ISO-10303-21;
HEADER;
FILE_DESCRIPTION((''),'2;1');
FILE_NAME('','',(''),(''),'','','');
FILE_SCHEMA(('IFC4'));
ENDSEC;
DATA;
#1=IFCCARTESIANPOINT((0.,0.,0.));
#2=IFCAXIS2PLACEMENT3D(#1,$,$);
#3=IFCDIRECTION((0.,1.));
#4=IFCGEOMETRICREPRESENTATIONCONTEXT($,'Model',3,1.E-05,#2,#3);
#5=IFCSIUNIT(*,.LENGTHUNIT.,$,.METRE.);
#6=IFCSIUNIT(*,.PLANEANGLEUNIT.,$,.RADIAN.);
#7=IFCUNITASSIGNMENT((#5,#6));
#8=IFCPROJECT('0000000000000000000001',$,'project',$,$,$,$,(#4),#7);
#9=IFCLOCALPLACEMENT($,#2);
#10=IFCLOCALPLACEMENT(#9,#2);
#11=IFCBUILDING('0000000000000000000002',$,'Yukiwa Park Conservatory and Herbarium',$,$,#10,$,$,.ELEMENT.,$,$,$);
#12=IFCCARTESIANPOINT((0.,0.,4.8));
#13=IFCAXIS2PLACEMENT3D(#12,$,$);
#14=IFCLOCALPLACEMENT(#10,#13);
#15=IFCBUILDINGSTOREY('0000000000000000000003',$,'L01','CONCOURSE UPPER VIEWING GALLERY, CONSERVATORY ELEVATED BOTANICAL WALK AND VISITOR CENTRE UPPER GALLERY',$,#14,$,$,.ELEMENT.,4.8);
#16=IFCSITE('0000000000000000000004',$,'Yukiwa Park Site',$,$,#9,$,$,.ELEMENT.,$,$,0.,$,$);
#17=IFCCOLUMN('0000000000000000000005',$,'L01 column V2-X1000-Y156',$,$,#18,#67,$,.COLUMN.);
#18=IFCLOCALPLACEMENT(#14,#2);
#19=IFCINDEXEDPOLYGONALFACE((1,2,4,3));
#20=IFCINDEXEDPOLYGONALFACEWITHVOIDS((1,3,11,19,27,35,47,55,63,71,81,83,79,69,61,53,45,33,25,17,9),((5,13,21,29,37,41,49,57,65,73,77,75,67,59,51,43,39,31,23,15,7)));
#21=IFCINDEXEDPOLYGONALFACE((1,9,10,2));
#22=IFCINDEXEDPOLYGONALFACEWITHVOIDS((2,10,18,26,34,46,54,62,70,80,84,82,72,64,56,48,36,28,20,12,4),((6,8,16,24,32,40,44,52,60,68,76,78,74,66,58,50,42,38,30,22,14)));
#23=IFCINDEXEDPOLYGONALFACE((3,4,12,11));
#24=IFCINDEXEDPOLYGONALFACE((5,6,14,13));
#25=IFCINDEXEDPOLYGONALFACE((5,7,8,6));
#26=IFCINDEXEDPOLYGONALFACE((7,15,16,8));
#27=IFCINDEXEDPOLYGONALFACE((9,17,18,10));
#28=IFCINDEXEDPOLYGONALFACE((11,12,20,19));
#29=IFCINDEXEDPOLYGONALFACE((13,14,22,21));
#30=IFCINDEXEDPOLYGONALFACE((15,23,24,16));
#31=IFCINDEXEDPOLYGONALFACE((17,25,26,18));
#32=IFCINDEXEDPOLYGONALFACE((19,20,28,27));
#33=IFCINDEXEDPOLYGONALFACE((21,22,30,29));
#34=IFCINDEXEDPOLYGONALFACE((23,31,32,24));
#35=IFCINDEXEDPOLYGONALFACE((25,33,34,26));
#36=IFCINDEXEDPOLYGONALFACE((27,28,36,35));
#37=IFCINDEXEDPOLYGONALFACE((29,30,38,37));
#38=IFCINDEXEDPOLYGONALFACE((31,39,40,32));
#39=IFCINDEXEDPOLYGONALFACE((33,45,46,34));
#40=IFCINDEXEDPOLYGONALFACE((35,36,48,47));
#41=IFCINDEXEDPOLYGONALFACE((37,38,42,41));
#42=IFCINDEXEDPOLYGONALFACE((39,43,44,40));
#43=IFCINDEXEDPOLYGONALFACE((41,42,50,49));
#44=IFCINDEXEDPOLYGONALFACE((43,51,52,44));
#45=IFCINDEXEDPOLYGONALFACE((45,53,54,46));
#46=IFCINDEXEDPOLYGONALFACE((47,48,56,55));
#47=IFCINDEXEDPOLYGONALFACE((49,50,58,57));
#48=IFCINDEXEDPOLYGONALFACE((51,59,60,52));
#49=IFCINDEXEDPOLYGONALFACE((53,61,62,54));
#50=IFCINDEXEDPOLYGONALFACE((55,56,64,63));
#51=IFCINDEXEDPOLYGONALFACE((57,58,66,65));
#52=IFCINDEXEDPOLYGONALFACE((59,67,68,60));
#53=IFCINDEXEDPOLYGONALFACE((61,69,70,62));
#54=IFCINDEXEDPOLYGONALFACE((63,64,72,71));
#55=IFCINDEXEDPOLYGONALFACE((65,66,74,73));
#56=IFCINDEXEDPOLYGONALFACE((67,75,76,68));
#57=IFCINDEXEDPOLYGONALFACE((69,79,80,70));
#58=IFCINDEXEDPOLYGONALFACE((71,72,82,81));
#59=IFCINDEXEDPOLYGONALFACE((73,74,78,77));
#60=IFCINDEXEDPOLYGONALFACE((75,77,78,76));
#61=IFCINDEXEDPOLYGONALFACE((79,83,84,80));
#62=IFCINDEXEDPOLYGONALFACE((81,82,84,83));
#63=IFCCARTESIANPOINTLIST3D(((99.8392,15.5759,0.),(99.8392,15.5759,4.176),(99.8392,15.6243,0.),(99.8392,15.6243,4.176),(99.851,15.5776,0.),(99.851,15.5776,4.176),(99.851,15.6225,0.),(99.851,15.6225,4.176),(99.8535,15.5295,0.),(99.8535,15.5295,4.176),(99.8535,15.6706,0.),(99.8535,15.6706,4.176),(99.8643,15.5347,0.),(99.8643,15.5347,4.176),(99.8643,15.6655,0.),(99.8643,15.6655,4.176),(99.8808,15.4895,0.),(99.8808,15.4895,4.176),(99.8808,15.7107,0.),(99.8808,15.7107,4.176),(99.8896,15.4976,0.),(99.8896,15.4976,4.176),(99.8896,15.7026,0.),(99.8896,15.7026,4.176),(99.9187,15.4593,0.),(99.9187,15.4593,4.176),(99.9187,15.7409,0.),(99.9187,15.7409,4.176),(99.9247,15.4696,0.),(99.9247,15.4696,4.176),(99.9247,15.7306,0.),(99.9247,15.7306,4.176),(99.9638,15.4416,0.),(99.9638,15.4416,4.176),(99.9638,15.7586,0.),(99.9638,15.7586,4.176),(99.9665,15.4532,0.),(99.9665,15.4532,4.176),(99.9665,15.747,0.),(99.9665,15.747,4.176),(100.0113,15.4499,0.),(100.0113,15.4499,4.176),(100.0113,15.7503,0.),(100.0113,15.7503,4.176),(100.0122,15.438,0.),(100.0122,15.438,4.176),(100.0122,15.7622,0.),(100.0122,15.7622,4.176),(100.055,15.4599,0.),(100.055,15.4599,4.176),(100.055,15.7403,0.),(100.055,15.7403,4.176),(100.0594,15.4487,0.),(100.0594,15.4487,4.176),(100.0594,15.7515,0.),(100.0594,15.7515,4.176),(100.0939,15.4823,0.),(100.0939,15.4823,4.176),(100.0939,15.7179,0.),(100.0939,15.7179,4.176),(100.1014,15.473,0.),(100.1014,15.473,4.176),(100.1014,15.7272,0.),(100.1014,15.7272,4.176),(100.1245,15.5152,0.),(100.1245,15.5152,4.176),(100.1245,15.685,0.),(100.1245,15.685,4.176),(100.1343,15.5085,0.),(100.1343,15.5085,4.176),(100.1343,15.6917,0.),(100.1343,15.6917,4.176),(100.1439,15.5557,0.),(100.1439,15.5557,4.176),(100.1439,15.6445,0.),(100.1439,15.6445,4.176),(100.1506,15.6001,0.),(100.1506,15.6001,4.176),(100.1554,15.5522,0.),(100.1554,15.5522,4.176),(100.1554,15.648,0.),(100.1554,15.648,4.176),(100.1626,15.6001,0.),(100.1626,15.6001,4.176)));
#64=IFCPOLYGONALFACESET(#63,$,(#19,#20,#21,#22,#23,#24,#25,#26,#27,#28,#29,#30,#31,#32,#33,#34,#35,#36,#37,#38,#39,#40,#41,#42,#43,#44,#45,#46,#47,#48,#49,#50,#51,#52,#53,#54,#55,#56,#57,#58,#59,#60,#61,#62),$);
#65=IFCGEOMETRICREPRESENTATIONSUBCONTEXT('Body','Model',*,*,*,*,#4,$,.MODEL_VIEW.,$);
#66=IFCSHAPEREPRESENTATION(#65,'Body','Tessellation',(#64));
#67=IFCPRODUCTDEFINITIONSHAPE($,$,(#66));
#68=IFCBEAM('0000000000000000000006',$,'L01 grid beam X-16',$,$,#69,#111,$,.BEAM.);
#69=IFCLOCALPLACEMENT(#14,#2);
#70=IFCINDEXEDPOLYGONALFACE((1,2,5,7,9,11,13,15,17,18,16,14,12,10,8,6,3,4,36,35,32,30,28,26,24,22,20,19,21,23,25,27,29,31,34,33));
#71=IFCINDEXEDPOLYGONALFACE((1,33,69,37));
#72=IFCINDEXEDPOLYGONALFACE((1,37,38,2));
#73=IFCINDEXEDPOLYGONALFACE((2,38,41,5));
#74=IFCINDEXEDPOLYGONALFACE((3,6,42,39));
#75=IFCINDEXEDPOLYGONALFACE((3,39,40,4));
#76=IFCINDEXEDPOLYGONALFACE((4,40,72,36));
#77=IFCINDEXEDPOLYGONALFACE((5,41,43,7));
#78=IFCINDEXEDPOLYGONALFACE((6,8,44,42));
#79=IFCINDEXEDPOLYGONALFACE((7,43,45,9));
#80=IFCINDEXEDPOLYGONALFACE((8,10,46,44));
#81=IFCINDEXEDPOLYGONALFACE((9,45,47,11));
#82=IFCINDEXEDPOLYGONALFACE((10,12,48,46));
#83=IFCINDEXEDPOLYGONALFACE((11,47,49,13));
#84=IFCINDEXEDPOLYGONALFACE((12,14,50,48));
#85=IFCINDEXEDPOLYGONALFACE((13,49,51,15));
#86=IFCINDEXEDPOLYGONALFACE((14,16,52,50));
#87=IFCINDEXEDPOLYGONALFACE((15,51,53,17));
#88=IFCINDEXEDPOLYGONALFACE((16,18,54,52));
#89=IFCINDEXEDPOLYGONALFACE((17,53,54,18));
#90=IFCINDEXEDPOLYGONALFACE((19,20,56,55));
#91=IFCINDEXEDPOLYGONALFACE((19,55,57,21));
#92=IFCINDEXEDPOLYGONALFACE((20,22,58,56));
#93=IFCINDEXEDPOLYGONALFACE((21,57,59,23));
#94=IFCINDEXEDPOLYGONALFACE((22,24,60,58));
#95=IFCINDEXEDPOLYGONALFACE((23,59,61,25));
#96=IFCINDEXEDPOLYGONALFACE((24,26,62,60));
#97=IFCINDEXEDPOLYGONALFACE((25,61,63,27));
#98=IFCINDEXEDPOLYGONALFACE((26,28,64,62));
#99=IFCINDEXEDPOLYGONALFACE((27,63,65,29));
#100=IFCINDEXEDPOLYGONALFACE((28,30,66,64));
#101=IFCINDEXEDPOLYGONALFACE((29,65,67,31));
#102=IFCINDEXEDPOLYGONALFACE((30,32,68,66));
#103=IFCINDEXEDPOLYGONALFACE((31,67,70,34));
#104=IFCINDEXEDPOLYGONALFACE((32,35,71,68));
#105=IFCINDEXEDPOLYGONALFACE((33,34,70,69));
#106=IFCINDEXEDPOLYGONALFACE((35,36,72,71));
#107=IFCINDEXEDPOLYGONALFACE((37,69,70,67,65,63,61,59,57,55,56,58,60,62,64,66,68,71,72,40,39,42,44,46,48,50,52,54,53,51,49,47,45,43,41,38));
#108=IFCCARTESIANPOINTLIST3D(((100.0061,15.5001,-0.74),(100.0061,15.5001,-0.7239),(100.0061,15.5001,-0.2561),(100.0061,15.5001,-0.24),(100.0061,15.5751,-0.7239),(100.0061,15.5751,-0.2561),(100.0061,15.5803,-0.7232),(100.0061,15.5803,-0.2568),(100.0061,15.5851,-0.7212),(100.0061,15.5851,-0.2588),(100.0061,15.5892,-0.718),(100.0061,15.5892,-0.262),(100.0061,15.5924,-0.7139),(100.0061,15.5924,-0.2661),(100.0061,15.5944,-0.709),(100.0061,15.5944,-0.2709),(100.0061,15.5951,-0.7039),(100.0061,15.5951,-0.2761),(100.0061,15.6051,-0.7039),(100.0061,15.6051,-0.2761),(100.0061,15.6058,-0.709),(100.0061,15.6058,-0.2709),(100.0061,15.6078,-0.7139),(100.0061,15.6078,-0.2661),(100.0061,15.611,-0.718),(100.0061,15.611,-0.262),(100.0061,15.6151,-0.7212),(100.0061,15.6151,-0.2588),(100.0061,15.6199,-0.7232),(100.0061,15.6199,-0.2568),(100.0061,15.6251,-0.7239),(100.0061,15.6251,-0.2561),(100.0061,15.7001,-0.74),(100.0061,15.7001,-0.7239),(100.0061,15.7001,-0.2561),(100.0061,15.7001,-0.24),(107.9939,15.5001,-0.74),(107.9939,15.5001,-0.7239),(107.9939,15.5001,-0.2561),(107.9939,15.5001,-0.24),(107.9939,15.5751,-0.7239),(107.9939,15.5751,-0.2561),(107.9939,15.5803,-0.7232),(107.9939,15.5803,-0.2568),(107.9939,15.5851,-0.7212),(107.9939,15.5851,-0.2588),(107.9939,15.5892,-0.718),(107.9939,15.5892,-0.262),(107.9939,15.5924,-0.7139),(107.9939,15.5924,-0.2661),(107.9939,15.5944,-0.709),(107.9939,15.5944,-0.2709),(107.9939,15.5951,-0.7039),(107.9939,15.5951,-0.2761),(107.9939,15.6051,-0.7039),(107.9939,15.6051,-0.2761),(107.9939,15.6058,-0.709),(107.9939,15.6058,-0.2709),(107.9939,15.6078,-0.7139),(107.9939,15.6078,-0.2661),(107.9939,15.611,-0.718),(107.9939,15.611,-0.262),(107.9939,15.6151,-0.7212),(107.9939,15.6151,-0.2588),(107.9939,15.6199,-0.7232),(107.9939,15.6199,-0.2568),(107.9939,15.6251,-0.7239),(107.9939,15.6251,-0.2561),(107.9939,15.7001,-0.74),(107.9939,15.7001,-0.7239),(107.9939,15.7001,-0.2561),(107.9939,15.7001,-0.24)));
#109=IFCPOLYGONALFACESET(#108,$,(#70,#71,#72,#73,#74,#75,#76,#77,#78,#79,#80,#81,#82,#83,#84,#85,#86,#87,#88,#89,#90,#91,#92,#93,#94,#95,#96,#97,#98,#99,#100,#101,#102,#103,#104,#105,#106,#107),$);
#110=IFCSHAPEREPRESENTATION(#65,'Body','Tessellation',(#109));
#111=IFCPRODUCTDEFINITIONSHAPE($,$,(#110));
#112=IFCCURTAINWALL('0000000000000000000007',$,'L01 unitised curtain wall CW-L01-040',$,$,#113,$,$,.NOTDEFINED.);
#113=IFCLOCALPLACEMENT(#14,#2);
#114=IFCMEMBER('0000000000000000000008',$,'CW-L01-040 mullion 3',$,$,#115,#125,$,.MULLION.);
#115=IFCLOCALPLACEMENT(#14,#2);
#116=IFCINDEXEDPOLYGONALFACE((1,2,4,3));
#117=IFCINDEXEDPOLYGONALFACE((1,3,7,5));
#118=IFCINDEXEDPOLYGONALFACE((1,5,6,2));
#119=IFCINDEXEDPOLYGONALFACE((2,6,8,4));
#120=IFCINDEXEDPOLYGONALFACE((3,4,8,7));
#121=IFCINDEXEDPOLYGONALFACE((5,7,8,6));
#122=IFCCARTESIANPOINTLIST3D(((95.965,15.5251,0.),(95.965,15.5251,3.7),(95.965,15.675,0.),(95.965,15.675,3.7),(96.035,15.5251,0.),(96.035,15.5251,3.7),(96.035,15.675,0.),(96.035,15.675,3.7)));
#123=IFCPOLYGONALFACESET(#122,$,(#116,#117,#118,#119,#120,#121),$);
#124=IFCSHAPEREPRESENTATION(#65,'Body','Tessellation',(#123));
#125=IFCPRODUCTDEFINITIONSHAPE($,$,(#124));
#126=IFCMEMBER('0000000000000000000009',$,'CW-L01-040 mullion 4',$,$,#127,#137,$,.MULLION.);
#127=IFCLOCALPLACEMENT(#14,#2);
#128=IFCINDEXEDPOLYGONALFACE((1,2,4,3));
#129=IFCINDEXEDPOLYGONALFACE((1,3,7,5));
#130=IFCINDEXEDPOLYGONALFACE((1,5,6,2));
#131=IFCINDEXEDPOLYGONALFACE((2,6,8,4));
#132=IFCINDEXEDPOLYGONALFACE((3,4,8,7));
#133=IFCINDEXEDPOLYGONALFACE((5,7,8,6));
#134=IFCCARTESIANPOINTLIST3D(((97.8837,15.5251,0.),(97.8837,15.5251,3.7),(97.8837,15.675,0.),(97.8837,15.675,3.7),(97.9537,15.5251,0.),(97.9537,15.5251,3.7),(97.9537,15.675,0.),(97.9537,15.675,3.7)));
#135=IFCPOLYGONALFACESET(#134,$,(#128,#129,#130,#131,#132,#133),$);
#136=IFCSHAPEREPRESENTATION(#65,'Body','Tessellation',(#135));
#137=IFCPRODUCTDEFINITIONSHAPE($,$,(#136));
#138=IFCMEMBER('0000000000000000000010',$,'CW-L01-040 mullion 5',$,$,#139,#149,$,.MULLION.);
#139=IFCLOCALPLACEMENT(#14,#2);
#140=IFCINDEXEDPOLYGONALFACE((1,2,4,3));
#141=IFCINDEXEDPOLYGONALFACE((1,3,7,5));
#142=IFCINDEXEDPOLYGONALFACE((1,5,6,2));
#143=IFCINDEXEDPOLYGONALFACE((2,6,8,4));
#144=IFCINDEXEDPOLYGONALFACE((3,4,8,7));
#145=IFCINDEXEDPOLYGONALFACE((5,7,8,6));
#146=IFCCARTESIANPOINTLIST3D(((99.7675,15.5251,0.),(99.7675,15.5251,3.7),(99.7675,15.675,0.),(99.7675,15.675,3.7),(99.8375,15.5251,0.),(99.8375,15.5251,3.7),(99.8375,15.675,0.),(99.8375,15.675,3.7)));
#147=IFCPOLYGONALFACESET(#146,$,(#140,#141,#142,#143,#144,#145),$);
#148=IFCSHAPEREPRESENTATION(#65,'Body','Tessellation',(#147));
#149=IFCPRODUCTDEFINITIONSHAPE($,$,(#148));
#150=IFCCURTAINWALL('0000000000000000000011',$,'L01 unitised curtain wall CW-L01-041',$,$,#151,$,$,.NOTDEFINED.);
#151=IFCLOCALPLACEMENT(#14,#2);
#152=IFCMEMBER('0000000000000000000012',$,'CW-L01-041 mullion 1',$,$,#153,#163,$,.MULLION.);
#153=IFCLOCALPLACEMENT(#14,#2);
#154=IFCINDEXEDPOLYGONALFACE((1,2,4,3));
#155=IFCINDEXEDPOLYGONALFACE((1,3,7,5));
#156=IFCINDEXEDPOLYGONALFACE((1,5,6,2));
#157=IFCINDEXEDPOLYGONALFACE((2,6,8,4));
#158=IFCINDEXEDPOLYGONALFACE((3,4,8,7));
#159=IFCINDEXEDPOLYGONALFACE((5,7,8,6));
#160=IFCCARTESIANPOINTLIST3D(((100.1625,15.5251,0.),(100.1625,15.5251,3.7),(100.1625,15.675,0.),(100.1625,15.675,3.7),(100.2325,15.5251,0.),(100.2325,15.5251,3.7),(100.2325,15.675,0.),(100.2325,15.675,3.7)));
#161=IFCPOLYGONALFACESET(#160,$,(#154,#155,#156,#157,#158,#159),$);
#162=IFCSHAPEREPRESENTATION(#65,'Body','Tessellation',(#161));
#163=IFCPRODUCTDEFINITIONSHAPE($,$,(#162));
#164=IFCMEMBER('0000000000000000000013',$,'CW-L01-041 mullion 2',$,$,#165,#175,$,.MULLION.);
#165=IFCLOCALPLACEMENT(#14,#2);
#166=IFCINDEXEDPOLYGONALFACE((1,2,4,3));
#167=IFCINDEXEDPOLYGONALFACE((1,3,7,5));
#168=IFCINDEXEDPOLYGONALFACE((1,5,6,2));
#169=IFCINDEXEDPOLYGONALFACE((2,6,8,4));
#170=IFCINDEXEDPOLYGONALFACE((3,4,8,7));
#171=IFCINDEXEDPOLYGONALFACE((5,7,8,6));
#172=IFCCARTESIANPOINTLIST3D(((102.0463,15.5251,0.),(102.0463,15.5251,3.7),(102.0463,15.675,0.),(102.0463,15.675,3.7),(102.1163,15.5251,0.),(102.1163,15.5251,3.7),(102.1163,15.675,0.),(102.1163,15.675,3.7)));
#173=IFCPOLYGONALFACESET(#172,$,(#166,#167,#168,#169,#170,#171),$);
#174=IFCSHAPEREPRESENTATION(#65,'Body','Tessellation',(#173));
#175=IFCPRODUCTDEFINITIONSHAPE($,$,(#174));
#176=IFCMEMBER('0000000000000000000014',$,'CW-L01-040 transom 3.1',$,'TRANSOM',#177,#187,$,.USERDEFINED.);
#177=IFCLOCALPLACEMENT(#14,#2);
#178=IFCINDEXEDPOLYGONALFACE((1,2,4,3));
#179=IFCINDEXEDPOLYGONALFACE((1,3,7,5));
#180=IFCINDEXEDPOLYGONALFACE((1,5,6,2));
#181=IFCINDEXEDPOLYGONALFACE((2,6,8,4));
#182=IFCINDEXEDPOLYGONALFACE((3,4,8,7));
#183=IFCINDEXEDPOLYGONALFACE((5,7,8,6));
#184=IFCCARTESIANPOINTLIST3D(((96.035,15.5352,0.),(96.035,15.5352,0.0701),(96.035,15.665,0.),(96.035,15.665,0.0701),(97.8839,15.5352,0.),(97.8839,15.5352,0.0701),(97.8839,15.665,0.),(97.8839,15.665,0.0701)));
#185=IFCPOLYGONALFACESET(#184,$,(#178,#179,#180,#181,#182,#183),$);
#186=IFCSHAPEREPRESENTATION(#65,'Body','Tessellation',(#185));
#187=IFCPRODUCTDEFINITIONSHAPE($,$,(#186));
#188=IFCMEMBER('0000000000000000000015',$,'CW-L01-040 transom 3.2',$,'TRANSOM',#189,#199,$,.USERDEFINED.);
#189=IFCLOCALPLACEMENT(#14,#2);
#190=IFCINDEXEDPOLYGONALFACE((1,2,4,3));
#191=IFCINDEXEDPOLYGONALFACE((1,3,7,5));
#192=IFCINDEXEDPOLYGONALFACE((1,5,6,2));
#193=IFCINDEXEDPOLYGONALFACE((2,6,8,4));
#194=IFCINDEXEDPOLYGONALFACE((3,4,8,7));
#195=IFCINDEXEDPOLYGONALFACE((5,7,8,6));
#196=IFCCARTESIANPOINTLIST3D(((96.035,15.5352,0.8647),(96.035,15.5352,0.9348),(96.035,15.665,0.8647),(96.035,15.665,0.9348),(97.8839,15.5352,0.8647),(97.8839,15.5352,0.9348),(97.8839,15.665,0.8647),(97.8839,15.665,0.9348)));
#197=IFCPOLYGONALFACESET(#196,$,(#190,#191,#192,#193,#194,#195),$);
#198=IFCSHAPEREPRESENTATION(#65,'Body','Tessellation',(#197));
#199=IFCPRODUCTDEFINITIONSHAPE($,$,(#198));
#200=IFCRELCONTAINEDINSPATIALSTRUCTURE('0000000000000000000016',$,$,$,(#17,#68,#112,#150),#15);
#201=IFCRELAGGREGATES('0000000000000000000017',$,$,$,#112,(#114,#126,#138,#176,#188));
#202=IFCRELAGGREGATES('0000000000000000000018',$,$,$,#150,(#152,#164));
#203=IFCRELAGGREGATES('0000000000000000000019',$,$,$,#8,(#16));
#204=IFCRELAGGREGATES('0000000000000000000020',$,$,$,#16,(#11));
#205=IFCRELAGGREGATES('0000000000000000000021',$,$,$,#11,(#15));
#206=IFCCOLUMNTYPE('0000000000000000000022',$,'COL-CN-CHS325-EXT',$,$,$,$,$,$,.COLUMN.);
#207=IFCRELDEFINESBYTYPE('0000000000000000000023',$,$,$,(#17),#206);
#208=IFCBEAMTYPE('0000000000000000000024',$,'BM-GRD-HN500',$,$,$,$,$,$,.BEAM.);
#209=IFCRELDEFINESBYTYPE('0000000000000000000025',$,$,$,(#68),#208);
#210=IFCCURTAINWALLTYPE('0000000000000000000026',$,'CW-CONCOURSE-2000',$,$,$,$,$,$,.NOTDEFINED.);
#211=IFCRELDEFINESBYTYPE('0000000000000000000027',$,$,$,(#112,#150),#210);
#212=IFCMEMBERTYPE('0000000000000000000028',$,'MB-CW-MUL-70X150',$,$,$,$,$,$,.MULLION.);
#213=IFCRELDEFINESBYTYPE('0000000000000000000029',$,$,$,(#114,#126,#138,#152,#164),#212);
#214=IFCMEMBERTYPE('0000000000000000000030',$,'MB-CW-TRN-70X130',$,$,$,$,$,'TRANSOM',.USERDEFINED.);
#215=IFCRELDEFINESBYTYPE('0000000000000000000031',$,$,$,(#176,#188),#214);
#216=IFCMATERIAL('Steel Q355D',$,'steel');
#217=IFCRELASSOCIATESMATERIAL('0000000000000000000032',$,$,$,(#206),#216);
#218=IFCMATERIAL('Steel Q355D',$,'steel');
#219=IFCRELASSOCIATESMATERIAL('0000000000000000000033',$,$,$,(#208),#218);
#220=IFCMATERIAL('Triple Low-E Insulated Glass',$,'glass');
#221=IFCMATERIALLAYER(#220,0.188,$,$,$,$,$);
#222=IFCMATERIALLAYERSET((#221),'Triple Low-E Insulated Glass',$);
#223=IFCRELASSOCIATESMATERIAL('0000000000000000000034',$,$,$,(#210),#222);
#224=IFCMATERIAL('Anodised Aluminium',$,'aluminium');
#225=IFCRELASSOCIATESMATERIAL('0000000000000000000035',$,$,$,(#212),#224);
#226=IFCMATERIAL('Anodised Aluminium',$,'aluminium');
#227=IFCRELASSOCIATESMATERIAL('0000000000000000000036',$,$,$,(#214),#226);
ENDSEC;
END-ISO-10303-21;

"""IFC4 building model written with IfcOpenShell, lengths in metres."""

from ifc_helpers import new_model, si_unit, direction, frame, origin, origin_2d, place, context, subcontext, project, spatial, rectangle, hollow_circle, i_section, extrude, material, layer, layer_set, material_profile, profile_set, type_object, element, aggregate, save


model = new_model("IFC4")

# Units and contexts
model_context = context("Model", 3, precision=1e-05, world=origin(), true_north=direction((0.0, 1.0)))
body_context = subcontext(model_context, "Body", "Model", "MODEL_VIEW")
ifc_project = project(units=[si_unit("LENGTHUNIT", "METRE"), si_unit("PLANEANGLEUNIT", "RADIAN")], contexts=[model_context])

# Site, building, storey
site_placement = place(None, origin())
site = spatial("IfcSite", under=ifc_project, at=site_placement, Name="Yukiwa Park Site", CompositionType="ELEMENT", RefElevation=0.0)
building_placement = place(site_placement, origin())
building = spatial("IfcBuilding", under=site, at=building_placement, Name="Yukiwa Park Conservatory and Herbarium", CompositionType="ELEMENT")
storey_placement = place(building_placement, frame((0.0, 0.0, 4.8)))
storey = spatial("IfcBuildingStorey", under=building, at=storey_placement, Name="L01", Description="CONCOURSE UPPER VIEWING GALLERY, CONSERVATORY ELEVATED BOTANICAL WALK AND VISITOR CENTRE UPPER GALLERY", CompositionType="ELEMENT", Elevation=4.8)

# Column
ifc_material_1 = material(Name="Steel Q355D", Category="steel")
ifc_material_profile_1 = material_profile(ifc_material_1, hollow_circle(Radius=0.1626, WallThickness=0.012, at=origin_2d()), Name="CHS 325x12")
ifc_profile_set_1 = profile_set([ifc_material_profile_1], Name="Steel Q355D")
column_type = type_object("IfcColumnType", Name="COL-CN-CHS325-EXT", PredefinedType="COLUMN", material=ifc_profile_set_1)
column_placement = place(storey_placement, frame((100.0, 15.6001, 0.0), z_axis=(0.0, 0.0, 1.0), x_axis=(1.0, 0.0, 0.0)))
element("IfcColumn", 1, at=column_placement, inside=storey, type_object=column_type, Name="L01 column V2-X1000-Y156", PredefinedType="COLUMN", context=body_context, shape_type="SweptSolid", body=[
    extrude(hollow_circle(Radius=0.1626, WallThickness=0.012, at=origin_2d()), origin(), (0.0, 0.0, 1.0), 4.176),
])

# Beam
ifc_material_2 = material(Name="Steel Q355D", Category="steel")
ifc_material_profile_2 = material_profile(ifc_material_2, i_section(OverallWidth=0.2, OverallDepth=0.5, WebThickness=0.01, FlangeThickness=0.0161, FilletRadius=0.02, at=origin_2d()), Name="HN 500x200x10x16")
ifc_profile_set_2 = profile_set([ifc_material_profile_2], Name="Steel Q355D")
beam_type = type_object("IfcBeamType", Name="BM-GRD-HN500", PredefinedType="BEAM", material=ifc_profile_set_2)
beam_placement = place(storey_placement, frame((100.0061, 15.6001, -0.49), z_axis=(1.0, 0.0, 0.0), x_axis=(0.0, 1.0, 0.0)))
element("IfcBeam", 2, at=beam_placement, inside=storey, type_object=beam_type, Name="L01 grid beam X-16", PredefinedType="BEAM", context=body_context, shape_type="SweptSolid", body=[
    extrude(i_section(OverallWidth=0.2, OverallDepth=0.5, WebThickness=0.01, FlangeThickness=0.0161, FilletRadius=0.02, at=origin_2d()), origin(), (0.0, 0.0, 1.0), 7.9878),
])

# Curtain walls, members
ifc_material_3 = material(Name="Triple Low-E Insulated Glass", Category="glass")
ifc_layer_1 = layer(ifc_material_3, 0.188)
ifc_layer_set_1 = layer_set([ifc_layer_1], Name="Triple Low-E Insulated Glass")
curtain_wall_type = type_object("IfcCurtainWallType", Name="CW-CONCOURSE-2000", PredefinedType="NOTDEFINED", material=ifc_layer_set_1)
curtain_wall_1_placement = place(storey_placement, origin())
curtain_wall_1 = element("IfcCurtainWall", 3, at=curtain_wall_1_placement, inside=storey, type_object=curtain_wall_type, Name="L01 unitised curtain wall CW-L01-040", PredefinedType="NOTDEFINED")
ifc_material_4 = material(Name="Anodised Aluminium", Category="aluminium")
member_type_1 = type_object("IfcMemberType", Name="MB-CW-MUL-70X150", PredefinedType="MULLION", material=ifc_material_4)
member_1_placement = place(storey_placement, frame((96.0, 15.6001, 0.0), z_axis=(0.0, 0.0, 1.0), x_axis=(1.0, 0.0, 0.0)))
member_1 = element("IfcMember", 4, at=member_1_placement, type_object=member_type_1, Name="CW-L01-040 mullion 3", PredefinedType="MULLION", context=body_context, shape_type="SweptSolid", body=[
    extrude(rectangle(XDim=0.0701, YDim=0.1499, at=origin_2d()), origin(), (0.0, 0.0, 1.0), 3.7),
])
member_2_placement = place(storey_placement, frame((97.9187, 15.6001, 0.0), z_axis=(0.0, 0.0, 1.0), x_axis=(1.0, 0.0, 0.0)))
member_2 = element("IfcMember", 5, at=member_2_placement, type_object=member_type_1, Name="CW-L01-040 mullion 4", PredefinedType="MULLION", context=body_context, shape_type="SweptSolid", body=[
    extrude(rectangle(XDim=0.0701, YDim=0.1499, at=origin_2d()), origin(), (0.0, 0.0, 1.0), 3.7),
])
member_3_placement = place(storey_placement, frame((99.8025, 15.6001, 0.0), z_axis=(0.0, 0.0, 1.0), x_axis=(1.0, 0.0, 0.0)))
member_3 = element("IfcMember", 6, at=member_3_placement, type_object=member_type_1, Name="CW-L01-040 mullion 5", PredefinedType="MULLION", context=body_context, shape_type="SweptSolid", body=[
    extrude(rectangle(XDim=0.0701, YDim=0.1499, at=origin_2d()), origin(), (0.0, 0.0, 1.0), 3.7),
])
curtain_wall_2_placement = place(storey_placement, origin())
curtain_wall_2 = element("IfcCurtainWall", 7, at=curtain_wall_2_placement, inside=storey, type_object=curtain_wall_type, Name="L01 unitised curtain wall CW-L01-041", PredefinedType="NOTDEFINED")
member_4_placement = place(storey_placement, frame((100.1975, 15.6001, 0.0), z_axis=(0.0, 0.0, 1.0), x_axis=(1.0, 0.0, 0.0)))
member_4 = element("IfcMember", 8, at=member_4_placement, type_object=member_type_1, Name="CW-L01-041 mullion 1", PredefinedType="MULLION", context=body_context, shape_type="SweptSolid", body=[
    extrude(rectangle(XDim=0.0701, YDim=0.1499, at=origin_2d()), origin(), (0.0, 0.0, 1.0), 3.7),
])
member_5_placement = place(storey_placement, frame((102.0813, 15.6001, 0.0), z_axis=(0.0, 0.0, 1.0), x_axis=(1.0, 0.0, 0.0)))
member_5 = element("IfcMember", 9, at=member_5_placement, type_object=member_type_1, Name="CW-L01-041 mullion 2", PredefinedType="MULLION", context=body_context, shape_type="SweptSolid", body=[
    extrude(rectangle(XDim=0.0701, YDim=0.1499, at=origin_2d()), origin(), (0.0, 0.0, 1.0), 3.7),
])

# Members
ifc_material_5 = material(Name="Anodised Aluminium", Category="aluminium")
member_type_2 = type_object("IfcMemberType", Name="MB-CW-TRN-70X130", ElementType="TRANSOM", PredefinedType="USERDEFINED", material=ifc_material_5)
member_6_placement = place(storey_placement, frame((96.9595, 15.6001, 0.0), z_axis=(0.0, 0.0, 1.0), x_axis=(1.0, 0.0, 0.0)))
member_6 = element("IfcMember", 10, at=member_6_placement, type_object=member_type_2, Name="CW-L01-040 transom 3.1", ObjectType="TRANSOM", PredefinedType="USERDEFINED", context=body_context, shape_type="SweptSolid", body=[
    extrude(rectangle(XDim=1.8489, YDim=0.1299, at=origin_2d()), origin(), (0.0, 0.0, 1.0), 0.0701),
])
member_7_placement = place(storey_placement, frame((96.9595, 15.6001, 0.8647), z_axis=(0.0, 0.0, 1.0), x_axis=(1.0, 0.0, 0.0)))
member_7 = element("IfcMember", 11, at=member_7_placement, type_object=member_type_2, Name="CW-L01-040 transom 3.2", ObjectType="TRANSOM", PredefinedType="USERDEFINED", context=body_context, shape_type="SweptSolid", body=[
    extrude(rectangle(XDim=1.8489, YDim=0.1299, at=origin_2d()), origin(), (0.0, 0.0, 1.0), 0.0701),
])

aggregate(curtain_wall_1, [member_1, member_2, member_3, member_6, member_7])
aggregate(curtain_wall_2, [member_4, member_5])

save(model, "model.ifc")
